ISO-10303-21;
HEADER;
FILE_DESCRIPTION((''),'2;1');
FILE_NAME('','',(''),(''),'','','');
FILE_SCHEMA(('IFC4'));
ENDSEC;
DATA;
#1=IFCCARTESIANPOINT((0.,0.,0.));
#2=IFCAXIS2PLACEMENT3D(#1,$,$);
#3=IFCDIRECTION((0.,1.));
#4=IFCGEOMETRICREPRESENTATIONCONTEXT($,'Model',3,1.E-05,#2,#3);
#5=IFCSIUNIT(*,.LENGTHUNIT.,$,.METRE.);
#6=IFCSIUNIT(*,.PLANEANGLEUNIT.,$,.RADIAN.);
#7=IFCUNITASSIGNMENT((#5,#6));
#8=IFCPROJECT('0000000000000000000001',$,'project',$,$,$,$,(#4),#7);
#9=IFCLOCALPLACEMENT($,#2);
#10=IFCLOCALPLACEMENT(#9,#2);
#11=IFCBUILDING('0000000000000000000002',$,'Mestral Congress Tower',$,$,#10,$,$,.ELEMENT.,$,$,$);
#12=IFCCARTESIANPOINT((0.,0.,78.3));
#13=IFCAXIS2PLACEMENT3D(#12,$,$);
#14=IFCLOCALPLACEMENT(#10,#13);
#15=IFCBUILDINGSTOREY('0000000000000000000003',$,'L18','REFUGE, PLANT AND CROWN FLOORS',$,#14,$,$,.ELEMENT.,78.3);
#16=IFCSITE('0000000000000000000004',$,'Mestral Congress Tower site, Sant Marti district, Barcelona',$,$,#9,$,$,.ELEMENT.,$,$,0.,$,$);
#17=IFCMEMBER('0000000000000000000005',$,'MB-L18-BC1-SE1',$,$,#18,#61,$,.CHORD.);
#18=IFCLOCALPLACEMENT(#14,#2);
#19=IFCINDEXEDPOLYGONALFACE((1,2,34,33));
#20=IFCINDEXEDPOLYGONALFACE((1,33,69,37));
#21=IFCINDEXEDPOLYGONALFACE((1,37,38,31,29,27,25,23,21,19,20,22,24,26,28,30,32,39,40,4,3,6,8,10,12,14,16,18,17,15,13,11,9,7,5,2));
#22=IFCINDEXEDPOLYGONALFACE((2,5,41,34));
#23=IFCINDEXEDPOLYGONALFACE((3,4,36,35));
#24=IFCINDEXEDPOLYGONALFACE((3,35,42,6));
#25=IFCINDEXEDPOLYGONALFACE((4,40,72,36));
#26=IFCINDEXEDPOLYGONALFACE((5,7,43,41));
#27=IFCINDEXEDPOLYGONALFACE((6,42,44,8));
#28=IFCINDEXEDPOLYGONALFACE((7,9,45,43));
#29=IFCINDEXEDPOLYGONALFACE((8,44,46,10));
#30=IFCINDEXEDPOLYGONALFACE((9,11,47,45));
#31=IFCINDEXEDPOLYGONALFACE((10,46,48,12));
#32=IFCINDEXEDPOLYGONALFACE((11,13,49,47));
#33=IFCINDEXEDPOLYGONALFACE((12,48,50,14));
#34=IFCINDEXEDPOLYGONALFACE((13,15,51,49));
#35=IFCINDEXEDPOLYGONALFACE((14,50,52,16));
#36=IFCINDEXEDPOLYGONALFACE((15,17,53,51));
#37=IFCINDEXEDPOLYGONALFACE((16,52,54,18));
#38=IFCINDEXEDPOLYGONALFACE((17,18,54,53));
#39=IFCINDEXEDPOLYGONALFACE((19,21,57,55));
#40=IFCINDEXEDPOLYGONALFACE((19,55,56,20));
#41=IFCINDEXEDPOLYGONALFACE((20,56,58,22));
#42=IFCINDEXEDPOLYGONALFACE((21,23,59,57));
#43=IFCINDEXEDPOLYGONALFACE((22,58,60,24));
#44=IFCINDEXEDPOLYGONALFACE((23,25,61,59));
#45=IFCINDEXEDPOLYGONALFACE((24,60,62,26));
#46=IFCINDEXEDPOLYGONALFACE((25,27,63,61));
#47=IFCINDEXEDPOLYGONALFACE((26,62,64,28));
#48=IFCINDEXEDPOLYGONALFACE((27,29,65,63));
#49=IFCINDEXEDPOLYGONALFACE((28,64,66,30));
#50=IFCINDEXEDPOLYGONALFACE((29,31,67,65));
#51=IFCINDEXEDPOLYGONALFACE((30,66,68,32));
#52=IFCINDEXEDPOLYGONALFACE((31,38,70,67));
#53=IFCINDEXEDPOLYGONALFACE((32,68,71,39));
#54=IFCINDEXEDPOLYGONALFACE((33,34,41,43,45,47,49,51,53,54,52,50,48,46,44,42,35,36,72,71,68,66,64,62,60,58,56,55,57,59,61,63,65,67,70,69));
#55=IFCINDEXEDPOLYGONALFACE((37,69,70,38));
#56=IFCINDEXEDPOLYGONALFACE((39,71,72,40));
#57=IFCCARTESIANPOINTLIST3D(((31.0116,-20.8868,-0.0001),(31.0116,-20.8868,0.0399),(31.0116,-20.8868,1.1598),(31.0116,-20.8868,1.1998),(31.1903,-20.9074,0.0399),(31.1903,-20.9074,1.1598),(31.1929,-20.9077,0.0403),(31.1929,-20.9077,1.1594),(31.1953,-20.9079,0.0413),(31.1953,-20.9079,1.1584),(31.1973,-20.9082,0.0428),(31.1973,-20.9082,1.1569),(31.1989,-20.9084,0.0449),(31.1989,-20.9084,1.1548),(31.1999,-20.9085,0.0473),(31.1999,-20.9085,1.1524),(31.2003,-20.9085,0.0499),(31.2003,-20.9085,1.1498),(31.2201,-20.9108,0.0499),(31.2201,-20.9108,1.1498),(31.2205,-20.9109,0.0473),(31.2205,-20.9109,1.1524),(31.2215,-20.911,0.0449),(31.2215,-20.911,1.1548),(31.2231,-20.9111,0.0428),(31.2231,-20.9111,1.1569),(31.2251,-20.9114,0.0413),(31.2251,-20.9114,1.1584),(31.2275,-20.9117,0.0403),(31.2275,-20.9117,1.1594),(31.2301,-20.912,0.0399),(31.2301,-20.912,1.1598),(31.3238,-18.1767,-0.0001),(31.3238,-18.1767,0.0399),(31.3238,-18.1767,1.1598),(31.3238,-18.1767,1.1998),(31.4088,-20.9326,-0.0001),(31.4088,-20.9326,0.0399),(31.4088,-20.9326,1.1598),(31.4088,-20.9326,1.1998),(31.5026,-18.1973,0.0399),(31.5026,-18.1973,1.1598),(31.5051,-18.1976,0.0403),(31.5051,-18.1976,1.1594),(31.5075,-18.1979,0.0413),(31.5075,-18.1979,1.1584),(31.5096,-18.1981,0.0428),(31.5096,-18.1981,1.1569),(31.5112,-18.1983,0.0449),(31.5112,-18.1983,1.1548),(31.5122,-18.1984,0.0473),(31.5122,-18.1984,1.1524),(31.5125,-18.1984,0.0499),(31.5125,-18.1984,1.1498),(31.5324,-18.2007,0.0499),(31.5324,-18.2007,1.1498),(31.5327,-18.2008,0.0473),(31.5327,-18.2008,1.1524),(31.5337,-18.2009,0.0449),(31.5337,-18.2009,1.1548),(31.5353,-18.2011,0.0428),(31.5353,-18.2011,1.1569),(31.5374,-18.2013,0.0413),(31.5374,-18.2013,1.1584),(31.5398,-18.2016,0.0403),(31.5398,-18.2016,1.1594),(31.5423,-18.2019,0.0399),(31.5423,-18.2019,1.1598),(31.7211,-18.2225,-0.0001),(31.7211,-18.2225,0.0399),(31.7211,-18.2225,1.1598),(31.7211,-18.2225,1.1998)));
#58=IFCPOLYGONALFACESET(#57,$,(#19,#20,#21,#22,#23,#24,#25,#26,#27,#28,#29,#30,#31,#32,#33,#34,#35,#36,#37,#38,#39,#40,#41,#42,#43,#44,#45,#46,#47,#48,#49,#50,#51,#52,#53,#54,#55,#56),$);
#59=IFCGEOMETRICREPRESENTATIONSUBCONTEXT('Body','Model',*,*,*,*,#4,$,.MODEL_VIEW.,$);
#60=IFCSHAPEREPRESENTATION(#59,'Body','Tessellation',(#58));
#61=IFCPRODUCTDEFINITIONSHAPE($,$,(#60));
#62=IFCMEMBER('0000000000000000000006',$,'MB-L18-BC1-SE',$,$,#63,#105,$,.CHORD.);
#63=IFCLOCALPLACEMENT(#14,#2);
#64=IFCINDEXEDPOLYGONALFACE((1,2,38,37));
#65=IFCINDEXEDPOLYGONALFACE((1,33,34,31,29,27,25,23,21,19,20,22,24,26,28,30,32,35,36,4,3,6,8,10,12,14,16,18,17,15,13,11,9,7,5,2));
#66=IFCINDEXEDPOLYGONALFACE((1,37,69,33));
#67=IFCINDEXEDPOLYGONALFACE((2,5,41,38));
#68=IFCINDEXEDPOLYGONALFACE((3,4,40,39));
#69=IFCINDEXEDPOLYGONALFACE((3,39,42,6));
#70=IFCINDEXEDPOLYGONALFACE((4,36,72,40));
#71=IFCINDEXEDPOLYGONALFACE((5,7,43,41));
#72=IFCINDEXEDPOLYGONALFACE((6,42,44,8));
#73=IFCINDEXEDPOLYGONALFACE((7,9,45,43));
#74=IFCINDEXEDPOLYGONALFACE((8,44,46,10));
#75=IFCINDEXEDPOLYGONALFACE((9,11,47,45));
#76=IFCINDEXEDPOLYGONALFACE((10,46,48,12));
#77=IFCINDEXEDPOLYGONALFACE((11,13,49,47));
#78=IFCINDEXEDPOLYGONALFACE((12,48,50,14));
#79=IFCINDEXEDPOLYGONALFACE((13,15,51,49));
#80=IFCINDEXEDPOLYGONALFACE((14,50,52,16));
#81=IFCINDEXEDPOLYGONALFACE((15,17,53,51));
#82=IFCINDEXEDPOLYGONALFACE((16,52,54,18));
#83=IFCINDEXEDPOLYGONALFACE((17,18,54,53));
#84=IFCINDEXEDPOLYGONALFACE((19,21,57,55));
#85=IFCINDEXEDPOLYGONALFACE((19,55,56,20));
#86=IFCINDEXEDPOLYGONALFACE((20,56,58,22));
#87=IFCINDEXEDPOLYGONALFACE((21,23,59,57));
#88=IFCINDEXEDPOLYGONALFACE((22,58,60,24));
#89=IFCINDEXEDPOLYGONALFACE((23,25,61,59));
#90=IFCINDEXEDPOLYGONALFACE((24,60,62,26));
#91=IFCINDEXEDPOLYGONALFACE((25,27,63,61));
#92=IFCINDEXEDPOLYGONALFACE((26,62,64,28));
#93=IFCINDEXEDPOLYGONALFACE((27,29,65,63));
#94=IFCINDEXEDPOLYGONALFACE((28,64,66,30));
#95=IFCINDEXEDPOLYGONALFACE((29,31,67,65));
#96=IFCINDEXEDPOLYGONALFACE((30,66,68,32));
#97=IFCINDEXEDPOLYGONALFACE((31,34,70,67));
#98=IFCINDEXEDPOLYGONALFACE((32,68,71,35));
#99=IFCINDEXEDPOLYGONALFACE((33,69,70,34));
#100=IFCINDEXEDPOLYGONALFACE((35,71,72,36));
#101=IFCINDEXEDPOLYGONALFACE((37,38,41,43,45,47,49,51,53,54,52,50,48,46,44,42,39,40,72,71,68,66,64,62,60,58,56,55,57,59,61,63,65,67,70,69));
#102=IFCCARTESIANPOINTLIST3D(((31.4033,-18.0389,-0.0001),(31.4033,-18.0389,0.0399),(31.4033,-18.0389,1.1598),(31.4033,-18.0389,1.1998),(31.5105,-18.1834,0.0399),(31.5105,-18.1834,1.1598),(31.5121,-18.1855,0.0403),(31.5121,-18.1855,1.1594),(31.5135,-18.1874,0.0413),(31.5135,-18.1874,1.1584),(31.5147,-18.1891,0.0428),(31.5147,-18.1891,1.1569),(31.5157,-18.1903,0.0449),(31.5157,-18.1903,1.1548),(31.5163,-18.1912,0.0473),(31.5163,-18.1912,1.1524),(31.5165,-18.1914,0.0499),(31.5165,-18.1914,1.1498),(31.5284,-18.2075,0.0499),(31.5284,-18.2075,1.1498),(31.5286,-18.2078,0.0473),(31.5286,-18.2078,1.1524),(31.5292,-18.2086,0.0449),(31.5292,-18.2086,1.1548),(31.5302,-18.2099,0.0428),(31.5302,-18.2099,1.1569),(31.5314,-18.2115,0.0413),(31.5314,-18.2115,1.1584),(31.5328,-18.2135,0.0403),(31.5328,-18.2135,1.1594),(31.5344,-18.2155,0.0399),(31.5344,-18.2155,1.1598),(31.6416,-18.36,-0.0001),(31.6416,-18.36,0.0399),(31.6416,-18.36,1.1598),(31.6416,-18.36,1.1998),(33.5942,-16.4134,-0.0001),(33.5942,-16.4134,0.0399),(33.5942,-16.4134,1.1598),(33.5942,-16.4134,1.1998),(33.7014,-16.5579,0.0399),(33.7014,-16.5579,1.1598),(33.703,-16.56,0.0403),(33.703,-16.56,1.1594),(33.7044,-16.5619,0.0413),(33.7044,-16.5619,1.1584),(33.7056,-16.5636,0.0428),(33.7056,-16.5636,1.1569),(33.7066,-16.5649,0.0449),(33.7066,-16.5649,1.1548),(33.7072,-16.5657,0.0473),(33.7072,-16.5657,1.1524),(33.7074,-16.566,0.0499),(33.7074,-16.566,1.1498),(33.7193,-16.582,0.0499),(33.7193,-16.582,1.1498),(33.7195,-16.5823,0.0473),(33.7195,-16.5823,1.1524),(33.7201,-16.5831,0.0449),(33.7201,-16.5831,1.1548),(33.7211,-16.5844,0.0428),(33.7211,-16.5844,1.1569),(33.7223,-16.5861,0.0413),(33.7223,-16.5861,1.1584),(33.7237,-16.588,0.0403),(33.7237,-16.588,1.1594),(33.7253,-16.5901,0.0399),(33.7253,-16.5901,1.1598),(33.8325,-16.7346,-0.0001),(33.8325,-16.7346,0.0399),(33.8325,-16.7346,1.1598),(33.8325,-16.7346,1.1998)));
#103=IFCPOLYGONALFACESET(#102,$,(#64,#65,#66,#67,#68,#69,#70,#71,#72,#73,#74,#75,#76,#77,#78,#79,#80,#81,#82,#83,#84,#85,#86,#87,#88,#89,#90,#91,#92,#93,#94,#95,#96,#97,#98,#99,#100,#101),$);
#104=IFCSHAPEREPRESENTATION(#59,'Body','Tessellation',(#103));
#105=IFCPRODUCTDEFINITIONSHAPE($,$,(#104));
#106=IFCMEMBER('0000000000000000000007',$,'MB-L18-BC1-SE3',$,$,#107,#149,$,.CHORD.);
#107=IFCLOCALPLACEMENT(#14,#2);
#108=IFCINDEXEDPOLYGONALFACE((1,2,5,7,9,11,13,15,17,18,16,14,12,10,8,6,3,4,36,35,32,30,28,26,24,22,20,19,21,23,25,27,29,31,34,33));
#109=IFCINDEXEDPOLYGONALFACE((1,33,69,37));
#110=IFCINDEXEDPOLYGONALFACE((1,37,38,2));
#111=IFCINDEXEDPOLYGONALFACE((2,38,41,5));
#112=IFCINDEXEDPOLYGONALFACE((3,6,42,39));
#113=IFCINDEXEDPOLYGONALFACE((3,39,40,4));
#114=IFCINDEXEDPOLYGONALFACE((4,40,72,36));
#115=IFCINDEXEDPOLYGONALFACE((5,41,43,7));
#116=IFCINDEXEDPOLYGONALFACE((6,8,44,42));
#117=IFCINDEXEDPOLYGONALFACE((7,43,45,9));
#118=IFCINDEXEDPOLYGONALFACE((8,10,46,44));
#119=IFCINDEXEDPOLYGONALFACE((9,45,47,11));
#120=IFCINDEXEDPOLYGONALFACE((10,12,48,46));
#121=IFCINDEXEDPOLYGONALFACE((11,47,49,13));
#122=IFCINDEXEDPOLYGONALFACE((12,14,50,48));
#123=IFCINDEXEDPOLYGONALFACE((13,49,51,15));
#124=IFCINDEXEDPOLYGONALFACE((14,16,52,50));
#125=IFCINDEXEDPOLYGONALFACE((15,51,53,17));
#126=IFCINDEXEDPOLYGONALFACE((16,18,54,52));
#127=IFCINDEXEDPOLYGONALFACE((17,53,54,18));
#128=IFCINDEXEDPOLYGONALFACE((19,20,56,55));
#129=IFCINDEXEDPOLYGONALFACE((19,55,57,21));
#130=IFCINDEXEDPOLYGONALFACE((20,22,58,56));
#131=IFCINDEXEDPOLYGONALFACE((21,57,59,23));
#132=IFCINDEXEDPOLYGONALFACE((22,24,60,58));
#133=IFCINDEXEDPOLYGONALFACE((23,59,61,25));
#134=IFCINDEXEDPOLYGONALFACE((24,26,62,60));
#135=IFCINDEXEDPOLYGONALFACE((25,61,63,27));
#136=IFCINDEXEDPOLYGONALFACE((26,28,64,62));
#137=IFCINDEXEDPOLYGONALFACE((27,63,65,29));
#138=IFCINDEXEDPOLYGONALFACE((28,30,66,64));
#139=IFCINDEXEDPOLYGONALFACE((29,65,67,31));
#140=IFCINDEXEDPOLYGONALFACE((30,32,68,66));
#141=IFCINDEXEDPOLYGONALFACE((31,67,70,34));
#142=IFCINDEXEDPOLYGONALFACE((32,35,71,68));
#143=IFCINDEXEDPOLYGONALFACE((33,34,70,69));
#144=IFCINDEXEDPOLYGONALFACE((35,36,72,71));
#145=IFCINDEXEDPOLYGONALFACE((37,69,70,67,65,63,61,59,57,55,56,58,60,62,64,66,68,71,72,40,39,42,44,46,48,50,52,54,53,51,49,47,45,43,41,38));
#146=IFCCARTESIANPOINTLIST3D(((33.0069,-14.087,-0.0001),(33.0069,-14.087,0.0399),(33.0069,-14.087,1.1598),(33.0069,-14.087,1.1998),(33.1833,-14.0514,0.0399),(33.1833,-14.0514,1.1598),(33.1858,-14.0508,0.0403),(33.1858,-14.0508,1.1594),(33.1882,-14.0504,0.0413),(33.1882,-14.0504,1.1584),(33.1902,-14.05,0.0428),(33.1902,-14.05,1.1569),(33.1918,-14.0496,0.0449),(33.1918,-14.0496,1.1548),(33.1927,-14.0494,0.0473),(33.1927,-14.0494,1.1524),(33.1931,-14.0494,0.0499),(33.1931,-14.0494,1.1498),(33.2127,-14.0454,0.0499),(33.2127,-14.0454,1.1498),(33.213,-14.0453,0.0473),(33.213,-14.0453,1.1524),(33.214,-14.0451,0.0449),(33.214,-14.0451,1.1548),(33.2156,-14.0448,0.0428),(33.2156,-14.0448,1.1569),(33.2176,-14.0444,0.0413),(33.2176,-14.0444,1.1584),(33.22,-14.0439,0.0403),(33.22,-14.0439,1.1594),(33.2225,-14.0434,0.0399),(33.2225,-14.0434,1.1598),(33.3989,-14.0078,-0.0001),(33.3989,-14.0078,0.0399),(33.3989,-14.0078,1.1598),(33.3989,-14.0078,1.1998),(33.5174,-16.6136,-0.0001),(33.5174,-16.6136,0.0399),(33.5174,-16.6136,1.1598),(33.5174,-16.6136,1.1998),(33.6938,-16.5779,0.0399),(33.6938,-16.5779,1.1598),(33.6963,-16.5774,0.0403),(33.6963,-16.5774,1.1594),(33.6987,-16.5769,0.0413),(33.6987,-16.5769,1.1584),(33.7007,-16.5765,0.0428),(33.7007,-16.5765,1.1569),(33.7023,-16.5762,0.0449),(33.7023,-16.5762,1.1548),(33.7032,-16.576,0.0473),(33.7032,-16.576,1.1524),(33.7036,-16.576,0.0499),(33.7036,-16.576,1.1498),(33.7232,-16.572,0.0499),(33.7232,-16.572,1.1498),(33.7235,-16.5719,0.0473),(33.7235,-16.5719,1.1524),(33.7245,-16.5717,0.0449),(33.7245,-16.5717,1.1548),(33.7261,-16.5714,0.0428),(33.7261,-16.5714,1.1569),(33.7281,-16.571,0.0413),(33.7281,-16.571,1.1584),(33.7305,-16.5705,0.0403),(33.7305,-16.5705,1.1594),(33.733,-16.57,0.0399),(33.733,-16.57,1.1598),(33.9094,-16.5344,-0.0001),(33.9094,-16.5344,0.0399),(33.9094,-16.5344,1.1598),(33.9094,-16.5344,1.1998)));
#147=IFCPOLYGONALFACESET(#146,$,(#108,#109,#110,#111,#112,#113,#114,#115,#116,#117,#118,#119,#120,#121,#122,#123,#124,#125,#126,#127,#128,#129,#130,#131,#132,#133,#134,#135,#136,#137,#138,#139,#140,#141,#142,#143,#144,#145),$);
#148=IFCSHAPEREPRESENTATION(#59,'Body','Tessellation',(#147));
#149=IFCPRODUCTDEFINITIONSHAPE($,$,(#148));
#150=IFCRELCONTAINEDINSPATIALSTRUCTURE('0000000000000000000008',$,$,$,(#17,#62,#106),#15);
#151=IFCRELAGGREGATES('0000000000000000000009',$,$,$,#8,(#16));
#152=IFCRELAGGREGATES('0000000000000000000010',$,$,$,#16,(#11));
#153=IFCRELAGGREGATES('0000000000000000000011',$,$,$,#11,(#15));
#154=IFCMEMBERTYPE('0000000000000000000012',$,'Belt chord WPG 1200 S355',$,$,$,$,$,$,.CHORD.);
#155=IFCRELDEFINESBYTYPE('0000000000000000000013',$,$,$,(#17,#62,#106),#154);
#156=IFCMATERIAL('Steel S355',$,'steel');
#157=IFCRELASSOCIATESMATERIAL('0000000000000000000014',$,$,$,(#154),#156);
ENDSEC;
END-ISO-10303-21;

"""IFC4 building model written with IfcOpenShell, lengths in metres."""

from ifc_helpers import new_model, si_unit, direction, frame, origin, origin_2d, place, context, subcontext, project, spatial, i_section, extrude, material, material_profile, profile_set, type_object, element, save


model = new_model("IFC4")

# Units and contexts
model_context = context("Model", 3, precision=1e-05, world=origin(), true_north=direction((0.0, 1.0)))
body_context = subcontext(model_context, "Body", "Model", "MODEL_VIEW")
ifc_project = project(units=[si_unit("LENGTHUNIT", "METRE"), si_unit("PLANEANGLEUNIT", "RADIAN")], contexts=[model_context])

# Site, building, storey
site_placement = place(None, origin())
site = spatial("IfcSite", under=ifc_project, at=site_placement, Name="Mestral Congress Tower site, Sant Marti district, Barcelona", CompositionType="ELEMENT", RefElevation=0.0)
building_placement = place(site_placement, origin())
building = spatial("IfcBuilding", under=site, at=building_placement, Name="Mestral Congress Tower", CompositionType="ELEMENT")
storey_placement = place(building_placement, frame((0.0, 0.0, 78.3)))
storey = spatial("IfcBuildingStorey", under=building, at=storey_placement, Name="L18", Description="REFUGE, PLANT AND CROWN FLOORS", CompositionType="ELEMENT", Elevation=78.3)

# Members
ifc_material_1 = material(Name="Steel S355", Category="steel")
ifc_material_profile_1 = material_profile(ifc_material_1, i_section(OverallWidth=0.3999, OverallDepth=1.2, WebThickness=0.02, FlangeThickness=0.04, FilletRadius=0.01, at=origin_2d()), Name="WPG 1200")
ifc_profile_set_1 = profile_set([ifc_material_profile_1], Name="Steel S355")
member_type_1 = type_object("IfcMemberType", Name="Belt chord WPG 1200 S355", PredefinedType="CHORD", material=ifc_profile_set_1)
for number, where, z_axis, x_axis, name in (
    (1, (31.2102, -20.9097, 0.5999), (0.114458, 0.993428, 0.0), (-0.993428, 0.114458, 0.0), "MB-L18-BC1-SE1"),
    (2, (31.5225, -18.1995, 0.5999), (0.803104, 0.595839, 0.0), (-0.595839, 0.803104, 0.0), "MB-L18-BC1-SE"),
):
    element("IfcMember", number, at=place(storey_placement, frame(where, z_axis=z_axis, x_axis=x_axis)), inside=storey, type_object=member_type_1, Name=name, PredefinedType="CHORD", context=body_context, shape_type="SweptSolid", body=[
        extrude(i_section(OverallWidth=0.3999, OverallDepth=1.2, WebThickness=0.02, FlangeThickness=0.04, FilletRadius=0.01, at=origin_2d()), origin(), (0.0, 0.0, 1.0), 2.728),
    ])
member_1_placement = place(storey_placement, frame((33.7134, -16.574, 0.5999), z_axis=(-0.198046, 0.980193, 0.0), x_axis=(-0.980193, -0.198046, 0.0)))
element("IfcMember", 3, at=member_1_placement, inside=storey, type_object=member_type_1, Name="MB-L18-BC1-SE3", PredefinedType="CHORD", context=body_context, shape_type="SweptSolid", body=[
    extrude(i_section(OverallWidth=0.3999, OverallDepth=1.2, WebThickness=0.02, FlangeThickness=0.04, FilletRadius=0.01, at=origin_2d()), origin(), (0.0, 0.0, 1.0), 2.5776),
])

save(model, "model.ifc")
